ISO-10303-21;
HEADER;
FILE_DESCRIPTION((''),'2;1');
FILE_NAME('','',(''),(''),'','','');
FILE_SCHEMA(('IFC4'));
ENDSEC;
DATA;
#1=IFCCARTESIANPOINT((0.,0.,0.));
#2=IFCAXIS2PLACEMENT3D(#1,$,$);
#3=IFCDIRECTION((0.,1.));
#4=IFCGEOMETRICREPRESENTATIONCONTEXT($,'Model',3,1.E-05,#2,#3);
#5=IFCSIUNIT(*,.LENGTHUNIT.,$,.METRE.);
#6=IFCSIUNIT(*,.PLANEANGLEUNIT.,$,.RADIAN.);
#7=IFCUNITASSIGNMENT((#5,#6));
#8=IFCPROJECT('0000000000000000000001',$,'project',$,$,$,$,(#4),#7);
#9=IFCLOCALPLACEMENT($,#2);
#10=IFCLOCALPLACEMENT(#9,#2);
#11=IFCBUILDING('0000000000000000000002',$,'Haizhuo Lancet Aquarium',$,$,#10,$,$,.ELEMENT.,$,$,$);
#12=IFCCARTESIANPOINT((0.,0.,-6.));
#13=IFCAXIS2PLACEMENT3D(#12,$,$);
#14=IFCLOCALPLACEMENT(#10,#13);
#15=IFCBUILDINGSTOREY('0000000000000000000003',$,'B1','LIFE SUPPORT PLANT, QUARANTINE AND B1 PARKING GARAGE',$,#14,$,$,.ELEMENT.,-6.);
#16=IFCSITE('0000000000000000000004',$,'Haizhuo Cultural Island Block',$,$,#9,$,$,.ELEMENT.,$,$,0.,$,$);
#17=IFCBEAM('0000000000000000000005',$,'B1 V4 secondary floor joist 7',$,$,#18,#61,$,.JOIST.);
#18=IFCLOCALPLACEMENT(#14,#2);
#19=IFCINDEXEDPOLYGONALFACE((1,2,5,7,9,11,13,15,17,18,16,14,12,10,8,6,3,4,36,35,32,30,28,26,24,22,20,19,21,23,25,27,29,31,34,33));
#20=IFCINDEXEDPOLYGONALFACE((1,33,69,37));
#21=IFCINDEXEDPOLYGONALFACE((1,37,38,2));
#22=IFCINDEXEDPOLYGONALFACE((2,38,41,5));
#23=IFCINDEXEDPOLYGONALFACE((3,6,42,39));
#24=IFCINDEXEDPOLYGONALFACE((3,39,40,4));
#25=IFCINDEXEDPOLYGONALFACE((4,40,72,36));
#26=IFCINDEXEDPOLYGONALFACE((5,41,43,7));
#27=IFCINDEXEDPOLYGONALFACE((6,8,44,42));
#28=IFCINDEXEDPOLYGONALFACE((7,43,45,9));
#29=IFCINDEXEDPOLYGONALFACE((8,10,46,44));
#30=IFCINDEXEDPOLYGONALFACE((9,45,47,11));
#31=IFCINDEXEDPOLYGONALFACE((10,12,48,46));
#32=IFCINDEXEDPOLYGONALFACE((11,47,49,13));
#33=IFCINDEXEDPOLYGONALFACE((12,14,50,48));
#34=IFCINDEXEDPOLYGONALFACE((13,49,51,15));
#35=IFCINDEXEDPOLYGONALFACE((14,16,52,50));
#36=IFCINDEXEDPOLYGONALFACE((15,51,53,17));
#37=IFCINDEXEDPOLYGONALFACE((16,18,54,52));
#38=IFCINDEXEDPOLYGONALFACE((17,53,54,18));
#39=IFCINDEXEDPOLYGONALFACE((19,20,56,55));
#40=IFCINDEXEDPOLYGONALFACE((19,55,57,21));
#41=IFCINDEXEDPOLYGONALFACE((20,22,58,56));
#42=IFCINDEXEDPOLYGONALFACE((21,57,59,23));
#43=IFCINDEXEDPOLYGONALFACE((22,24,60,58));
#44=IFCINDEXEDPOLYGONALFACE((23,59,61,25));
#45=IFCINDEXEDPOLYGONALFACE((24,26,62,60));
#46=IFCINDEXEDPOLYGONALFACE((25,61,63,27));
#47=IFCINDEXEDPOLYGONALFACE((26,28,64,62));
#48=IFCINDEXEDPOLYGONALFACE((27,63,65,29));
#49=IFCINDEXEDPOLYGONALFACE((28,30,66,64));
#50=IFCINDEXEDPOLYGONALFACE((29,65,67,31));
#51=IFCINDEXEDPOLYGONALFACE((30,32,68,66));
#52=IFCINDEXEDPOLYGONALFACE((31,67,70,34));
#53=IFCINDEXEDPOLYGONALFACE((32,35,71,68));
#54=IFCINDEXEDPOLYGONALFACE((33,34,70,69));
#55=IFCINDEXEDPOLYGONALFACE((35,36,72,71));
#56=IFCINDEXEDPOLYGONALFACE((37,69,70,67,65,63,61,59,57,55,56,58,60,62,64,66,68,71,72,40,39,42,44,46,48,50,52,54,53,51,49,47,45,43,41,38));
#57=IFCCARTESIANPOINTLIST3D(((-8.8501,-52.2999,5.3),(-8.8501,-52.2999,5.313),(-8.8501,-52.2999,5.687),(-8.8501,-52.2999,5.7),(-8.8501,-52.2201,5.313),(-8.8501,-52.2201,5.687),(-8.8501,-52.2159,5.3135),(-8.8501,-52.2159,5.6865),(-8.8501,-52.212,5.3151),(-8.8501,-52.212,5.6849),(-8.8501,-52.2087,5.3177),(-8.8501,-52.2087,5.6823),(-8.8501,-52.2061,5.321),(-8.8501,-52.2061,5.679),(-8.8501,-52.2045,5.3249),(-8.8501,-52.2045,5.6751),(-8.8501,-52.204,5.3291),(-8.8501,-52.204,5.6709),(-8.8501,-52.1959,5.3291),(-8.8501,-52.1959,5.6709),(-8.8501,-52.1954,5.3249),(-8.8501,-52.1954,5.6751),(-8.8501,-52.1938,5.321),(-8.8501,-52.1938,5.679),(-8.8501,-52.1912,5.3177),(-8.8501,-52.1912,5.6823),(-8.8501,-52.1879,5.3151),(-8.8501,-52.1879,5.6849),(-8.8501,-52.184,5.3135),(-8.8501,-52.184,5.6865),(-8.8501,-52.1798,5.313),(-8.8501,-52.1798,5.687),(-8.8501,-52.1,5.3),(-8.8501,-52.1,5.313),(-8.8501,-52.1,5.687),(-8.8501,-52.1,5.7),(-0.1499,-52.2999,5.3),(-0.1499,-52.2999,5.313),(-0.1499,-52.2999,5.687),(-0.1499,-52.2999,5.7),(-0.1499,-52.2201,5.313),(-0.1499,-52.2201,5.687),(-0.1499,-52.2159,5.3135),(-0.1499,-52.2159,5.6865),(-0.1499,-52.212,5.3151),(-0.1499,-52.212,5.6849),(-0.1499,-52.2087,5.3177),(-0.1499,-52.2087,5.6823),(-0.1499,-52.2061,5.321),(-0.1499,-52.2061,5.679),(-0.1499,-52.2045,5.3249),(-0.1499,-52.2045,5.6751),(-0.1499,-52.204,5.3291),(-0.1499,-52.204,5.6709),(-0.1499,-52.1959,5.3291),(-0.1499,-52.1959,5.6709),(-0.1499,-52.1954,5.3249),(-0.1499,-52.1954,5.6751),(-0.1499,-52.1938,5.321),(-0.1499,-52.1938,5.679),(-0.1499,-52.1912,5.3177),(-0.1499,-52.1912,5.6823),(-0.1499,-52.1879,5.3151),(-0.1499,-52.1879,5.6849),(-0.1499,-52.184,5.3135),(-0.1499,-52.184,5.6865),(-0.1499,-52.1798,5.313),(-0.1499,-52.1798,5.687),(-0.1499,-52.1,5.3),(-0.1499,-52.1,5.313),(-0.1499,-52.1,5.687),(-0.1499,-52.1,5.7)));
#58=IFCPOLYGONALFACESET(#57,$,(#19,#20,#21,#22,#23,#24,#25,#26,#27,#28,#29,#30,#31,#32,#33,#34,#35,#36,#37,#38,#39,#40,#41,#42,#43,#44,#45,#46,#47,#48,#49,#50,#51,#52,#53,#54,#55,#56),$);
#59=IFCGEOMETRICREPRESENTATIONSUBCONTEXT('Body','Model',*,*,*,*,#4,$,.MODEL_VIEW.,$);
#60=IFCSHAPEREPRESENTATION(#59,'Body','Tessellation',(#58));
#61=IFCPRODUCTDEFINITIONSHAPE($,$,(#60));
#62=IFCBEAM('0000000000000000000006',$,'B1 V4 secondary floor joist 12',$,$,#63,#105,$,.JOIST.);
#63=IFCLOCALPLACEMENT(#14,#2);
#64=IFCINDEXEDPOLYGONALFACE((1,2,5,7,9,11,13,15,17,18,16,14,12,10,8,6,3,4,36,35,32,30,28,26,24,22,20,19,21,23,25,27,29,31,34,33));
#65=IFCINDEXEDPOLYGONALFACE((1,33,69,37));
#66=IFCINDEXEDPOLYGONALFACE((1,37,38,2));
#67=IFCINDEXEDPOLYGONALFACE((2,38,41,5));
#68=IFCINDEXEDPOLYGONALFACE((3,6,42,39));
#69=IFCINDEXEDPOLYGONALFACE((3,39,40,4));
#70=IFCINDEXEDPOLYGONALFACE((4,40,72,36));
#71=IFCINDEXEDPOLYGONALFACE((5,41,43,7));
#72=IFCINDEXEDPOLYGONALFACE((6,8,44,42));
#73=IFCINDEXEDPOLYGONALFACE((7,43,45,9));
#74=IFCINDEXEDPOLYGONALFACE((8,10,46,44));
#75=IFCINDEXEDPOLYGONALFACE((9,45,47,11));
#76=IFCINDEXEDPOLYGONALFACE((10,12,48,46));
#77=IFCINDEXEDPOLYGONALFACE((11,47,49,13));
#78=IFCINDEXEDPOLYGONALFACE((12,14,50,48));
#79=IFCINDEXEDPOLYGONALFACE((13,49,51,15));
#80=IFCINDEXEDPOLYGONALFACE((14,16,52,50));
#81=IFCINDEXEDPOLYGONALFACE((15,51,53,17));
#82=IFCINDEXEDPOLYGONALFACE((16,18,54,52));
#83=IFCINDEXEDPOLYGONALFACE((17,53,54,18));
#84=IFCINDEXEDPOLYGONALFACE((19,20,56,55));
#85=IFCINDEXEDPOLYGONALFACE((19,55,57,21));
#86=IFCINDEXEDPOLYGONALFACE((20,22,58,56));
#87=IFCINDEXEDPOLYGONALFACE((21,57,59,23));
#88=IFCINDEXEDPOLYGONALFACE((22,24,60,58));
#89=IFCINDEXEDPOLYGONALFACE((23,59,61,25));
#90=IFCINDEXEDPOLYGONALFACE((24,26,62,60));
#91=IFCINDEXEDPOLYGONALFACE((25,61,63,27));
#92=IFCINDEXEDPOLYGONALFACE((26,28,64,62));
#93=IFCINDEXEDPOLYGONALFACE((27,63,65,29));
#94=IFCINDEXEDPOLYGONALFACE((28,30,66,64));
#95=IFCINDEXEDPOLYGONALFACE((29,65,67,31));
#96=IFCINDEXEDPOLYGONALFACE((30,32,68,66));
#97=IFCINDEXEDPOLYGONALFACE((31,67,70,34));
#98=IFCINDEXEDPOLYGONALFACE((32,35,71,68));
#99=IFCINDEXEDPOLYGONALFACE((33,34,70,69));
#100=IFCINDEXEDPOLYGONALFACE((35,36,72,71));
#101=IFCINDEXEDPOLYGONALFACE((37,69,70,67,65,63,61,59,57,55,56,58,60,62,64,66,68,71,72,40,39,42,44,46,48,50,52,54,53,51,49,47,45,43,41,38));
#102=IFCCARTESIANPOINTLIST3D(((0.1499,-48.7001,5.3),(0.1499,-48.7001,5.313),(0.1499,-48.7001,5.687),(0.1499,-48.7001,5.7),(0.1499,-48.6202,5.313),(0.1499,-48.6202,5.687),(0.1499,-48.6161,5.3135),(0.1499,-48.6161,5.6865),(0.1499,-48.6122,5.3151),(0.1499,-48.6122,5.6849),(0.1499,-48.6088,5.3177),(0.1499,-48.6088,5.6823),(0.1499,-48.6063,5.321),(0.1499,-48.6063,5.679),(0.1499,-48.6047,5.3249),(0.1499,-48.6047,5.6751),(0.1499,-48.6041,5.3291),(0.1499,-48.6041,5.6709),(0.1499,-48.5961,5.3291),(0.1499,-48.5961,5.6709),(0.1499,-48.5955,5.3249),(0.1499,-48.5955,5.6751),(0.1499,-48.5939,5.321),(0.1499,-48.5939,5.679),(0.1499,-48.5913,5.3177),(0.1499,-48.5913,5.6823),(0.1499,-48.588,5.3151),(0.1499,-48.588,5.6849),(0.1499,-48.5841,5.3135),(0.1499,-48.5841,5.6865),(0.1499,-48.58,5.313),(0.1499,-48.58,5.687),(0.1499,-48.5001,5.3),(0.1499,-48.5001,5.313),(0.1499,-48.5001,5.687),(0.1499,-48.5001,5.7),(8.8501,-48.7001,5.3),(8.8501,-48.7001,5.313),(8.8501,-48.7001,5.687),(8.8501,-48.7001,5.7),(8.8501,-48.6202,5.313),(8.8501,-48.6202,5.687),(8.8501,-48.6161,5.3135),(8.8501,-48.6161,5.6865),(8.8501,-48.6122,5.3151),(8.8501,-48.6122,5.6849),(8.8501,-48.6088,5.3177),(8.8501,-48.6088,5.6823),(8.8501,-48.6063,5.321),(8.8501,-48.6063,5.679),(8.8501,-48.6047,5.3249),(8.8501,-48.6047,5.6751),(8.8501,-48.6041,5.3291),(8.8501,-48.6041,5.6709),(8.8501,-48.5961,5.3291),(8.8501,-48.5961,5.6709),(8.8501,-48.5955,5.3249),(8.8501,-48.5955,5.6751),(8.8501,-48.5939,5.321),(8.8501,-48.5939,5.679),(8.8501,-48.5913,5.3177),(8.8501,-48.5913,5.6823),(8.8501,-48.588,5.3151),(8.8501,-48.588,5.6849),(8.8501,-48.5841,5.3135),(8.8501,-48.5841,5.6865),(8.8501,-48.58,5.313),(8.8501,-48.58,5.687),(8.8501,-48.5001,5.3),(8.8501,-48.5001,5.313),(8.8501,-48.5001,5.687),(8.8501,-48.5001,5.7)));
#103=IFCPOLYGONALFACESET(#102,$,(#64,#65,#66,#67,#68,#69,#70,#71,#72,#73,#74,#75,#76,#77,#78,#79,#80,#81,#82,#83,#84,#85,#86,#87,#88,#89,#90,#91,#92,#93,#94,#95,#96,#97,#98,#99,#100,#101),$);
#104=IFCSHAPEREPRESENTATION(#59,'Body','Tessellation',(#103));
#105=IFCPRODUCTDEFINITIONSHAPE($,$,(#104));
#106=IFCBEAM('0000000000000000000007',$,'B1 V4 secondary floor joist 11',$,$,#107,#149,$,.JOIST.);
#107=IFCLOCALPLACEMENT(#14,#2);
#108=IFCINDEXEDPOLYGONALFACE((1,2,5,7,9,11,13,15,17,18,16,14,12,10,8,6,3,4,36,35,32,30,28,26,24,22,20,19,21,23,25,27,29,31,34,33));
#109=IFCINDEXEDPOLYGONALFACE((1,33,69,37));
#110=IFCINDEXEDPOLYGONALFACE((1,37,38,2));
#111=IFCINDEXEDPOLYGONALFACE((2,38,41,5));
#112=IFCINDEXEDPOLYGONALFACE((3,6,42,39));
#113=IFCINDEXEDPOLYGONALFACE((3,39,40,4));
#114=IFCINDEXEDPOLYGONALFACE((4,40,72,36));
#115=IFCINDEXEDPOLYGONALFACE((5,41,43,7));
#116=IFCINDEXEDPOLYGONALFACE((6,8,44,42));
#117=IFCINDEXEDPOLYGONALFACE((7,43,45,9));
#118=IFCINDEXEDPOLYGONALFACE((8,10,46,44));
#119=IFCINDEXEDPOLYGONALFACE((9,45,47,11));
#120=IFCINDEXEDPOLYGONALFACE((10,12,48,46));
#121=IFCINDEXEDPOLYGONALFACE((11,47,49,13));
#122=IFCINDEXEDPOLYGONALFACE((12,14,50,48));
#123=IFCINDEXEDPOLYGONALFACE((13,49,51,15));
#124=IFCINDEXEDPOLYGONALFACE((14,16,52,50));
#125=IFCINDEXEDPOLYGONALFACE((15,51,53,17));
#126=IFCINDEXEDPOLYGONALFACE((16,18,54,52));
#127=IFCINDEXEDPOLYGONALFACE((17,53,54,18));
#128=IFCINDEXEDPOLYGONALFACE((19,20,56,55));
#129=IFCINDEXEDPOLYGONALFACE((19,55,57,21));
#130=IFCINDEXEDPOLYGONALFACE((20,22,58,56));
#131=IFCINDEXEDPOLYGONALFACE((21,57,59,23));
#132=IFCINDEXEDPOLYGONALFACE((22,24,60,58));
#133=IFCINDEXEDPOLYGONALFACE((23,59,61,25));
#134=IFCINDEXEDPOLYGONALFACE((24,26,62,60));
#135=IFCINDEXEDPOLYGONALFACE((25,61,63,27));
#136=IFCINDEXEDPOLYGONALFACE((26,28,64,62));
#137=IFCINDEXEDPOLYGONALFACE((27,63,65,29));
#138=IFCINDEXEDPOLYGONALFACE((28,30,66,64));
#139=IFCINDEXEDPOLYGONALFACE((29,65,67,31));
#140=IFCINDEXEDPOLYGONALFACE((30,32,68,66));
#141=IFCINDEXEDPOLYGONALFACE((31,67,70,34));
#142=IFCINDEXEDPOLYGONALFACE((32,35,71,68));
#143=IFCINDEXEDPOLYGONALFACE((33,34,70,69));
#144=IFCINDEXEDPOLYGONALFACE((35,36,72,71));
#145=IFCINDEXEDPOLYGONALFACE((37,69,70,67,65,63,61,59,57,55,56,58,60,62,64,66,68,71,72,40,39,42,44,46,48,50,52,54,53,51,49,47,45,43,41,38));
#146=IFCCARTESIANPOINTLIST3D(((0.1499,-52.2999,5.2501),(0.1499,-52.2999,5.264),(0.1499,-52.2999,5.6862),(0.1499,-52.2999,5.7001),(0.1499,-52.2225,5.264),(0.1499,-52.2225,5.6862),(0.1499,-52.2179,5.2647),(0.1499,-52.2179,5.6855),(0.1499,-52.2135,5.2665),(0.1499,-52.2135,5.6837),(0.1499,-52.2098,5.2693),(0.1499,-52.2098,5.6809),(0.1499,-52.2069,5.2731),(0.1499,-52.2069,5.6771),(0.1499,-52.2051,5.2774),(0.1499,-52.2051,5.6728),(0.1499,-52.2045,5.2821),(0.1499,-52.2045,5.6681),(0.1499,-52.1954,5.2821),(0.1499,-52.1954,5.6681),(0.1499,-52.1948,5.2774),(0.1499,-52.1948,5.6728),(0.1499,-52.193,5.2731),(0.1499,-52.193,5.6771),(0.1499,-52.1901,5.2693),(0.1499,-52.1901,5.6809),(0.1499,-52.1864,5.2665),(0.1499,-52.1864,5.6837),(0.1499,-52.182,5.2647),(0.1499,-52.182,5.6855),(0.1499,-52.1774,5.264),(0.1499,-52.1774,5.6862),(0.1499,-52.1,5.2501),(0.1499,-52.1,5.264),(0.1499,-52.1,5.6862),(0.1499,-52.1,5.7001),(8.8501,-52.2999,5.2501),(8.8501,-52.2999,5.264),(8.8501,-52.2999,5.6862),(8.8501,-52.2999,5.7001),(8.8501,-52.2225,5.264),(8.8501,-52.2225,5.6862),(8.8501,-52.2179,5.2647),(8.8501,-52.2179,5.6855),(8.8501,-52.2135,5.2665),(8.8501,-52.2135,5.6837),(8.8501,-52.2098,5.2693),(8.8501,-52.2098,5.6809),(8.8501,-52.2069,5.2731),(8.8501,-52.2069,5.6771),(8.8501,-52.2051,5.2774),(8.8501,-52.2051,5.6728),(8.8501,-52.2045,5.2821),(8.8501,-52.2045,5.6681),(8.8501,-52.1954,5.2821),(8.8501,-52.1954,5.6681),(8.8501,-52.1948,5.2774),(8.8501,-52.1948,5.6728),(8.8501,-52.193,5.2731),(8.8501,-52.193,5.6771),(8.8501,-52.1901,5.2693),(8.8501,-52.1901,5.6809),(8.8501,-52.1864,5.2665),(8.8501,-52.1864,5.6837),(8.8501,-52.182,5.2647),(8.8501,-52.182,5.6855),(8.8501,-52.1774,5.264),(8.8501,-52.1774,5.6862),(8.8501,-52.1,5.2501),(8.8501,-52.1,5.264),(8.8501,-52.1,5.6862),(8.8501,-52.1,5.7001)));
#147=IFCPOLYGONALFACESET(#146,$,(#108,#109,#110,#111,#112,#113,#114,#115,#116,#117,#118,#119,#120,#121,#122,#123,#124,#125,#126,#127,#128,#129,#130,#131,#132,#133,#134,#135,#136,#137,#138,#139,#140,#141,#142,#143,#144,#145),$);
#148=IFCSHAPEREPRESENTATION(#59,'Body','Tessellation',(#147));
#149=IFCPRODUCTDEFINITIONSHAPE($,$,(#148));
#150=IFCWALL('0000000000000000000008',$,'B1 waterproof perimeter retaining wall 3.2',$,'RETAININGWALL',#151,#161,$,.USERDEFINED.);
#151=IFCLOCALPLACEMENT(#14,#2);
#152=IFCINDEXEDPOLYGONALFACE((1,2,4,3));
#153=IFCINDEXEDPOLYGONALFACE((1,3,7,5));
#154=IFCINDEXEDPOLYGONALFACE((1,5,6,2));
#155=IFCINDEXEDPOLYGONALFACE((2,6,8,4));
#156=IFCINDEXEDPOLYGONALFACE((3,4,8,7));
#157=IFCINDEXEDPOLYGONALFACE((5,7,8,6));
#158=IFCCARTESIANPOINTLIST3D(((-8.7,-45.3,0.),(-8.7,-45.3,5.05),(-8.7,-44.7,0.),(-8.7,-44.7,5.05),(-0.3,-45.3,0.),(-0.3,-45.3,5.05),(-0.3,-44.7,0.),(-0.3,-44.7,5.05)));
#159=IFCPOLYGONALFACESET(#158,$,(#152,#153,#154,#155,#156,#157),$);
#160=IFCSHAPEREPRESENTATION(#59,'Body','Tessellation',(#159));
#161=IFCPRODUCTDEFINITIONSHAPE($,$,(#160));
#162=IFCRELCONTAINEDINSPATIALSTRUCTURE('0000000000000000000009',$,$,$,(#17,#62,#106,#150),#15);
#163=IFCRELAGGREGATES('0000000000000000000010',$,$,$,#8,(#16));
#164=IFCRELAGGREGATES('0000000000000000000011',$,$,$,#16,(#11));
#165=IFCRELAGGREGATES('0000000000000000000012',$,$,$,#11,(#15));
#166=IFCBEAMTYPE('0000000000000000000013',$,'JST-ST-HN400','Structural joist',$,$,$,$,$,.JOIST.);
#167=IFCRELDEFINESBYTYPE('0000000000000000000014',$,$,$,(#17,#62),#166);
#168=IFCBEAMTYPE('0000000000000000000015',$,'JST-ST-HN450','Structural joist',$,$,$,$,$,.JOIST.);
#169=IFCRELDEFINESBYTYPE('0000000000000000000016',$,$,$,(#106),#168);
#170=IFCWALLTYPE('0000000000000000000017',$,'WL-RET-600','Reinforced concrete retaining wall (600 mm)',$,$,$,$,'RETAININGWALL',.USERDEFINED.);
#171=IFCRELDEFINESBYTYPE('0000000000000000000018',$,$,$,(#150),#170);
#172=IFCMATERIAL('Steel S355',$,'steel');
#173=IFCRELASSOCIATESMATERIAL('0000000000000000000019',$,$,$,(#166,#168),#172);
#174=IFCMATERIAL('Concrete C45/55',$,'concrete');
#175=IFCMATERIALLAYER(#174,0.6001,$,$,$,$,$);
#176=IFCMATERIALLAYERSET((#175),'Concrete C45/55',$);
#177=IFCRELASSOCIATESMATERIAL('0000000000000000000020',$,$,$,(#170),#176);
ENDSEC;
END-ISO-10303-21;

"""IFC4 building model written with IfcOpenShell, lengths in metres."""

from ifc_helpers import new_model, si_unit, direction, frame, frame_2d, origin, origin_2d, place, context, subcontext, project, spatial, rectangle, i_section, extrude, material, layer, layer_set, material_profile, profile_set, type_object, element, save


model = new_model("IFC4")

# Units and contexts
model_context = context("Model", 3, precision=1e-05, world=origin(), true_north=direction((0.0, 1.0)))
body_context = subcontext(model_context, "Body", "Model", "MODEL_VIEW")
ifc_project = project(units=[si_unit("LENGTHUNIT", "METRE"), si_unit("PLANEANGLEUNIT", "RADIAN")], contexts=[model_context])

# Site, building, storey
site_placement = place(None, origin())
site = spatial("IfcSite", under=ifc_project, at=site_placement, Name="Haizhuo Cultural Island Block", CompositionType="ELEMENT", RefElevation=0.0)
building_placement = place(site_placement, origin())
building = spatial("IfcBuilding", under=site, at=building_placement, Name="Haizhuo Lancet Aquarium", CompositionType="ELEMENT")
storey_placement = place(building_placement, frame((0.0, 0.0, -6.0)))
storey = spatial("IfcBuildingStorey", under=building, at=storey_placement, Name="B1", Description="LIFE SUPPORT PLANT, QUARANTINE AND B1 PARKING GARAGE", CompositionType="ELEMENT", Elevation=-6.0)

# Shared definitions
ifc_material_1 = material(Name="Concrete C45/55", Category="concrete")

# Beams
ifc_material_2 = material(Name="Steel S355", Category="steel")
ifc_material_profile_1 = material_profile(ifc_material_2, i_section(OverallWidth=0.2, OverallDepth=0.3999, WebThickness=0.0081, FlangeThickness=0.0129, FilletRadius=0.0161, at=origin_2d()), Name="HN 400x200x8x13")
ifc_profile_set_1 = profile_set([ifc_material_profile_1], Name="Steel S355")
beam_type_1 = type_object("IfcBeamType", Name="JST-ST-HN400", Description="Structural joist", PredefinedType="JOIST", material=ifc_profile_set_1)
for number, where, z_axis, x_axis, name in (
    (1, (-8.8501, -52.2, 5.5), (1.0, 0.0, 0.0), (0.0, 1.0, 0.0), "B1 V4 secondary floor joist 7"),
    (2, (0.1499, -48.6001, 5.5), (1.0, 0.0, 0.0), (0.0, 1.0, 0.0), "B1 V4 secondary floor joist 12"),
):
    element("IfcBeam", number, at=place(storey_placement, frame(where, z_axis=z_axis, x_axis=x_axis)), inside=storey, type_object=beam_type_1, Name=name, PredefinedType="JOIST", context=body_context, shape_type="SweptSolid", body=[
        extrude(i_section(OverallWidth=0.2, OverallDepth=0.3999, WebThickness=0.0081, FlangeThickness=0.0129, FilletRadius=0.0161, at=origin_2d()), origin(), (0.0, 0.0, 1.0), 8.7002),
    ])
ifc_material_profile_2 = material_profile(ifc_material_2, i_section(OverallWidth=0.2, OverallDepth=0.45, WebThickness=0.009, FlangeThickness=0.0139, FilletRadius=0.0181, at=origin_2d()), Name="HN 450x200x9x14")
ifc_profile_set_2 = profile_set([ifc_material_profile_2], Name="Steel S355")
beam_type_2 = type_object("IfcBeamType", Name="JST-ST-HN450", Description="Structural joist", PredefinedType="JOIST", material=ifc_profile_set_2)
beam_1_placement = place(storey_placement, frame((0.1499, -52.2, 5.4751), z_axis=(1.0, 0.0, 0.0), x_axis=(0.0, 1.0, 0.0)))
element("IfcBeam", 3, at=beam_1_placement, inside=storey, type_object=beam_type_2, Name="B1 V4 secondary floor joist 11", PredefinedType="JOIST", context=body_context, shape_type="SweptSolid", body=[
    extrude(i_section(OverallWidth=0.2, OverallDepth=0.45, WebThickness=0.009, FlangeThickness=0.0139, FilletRadius=0.0181, at=origin_2d()), origin(), (0.0, 0.0, 1.0), 8.7002),
])

# Wall
ifc_layer = layer(ifc_material_1, 0.6001)
ifc_layer_set = layer_set([ifc_layer], Name="Concrete C45/55")
wall_type = type_object("IfcWallType", Name="WL-RET-600", Description="Reinforced concrete retaining wall (600 mm)", ElementType="RETAININGWALL", PredefinedType="USERDEFINED", material=ifc_layer_set)
wall_placement = place(storey_placement, frame((-8.7, -45.0, 0.0), z_axis=(0.0, 0.0, 1.0), x_axis=(1.0, 0.0, 0.0)))
element("IfcWall", 4, at=wall_placement, inside=storey, type_object=wall_type, Name="B1 waterproof perimeter retaining wall 3.2", ObjectType="RETAININGWALL", PredefinedType="USERDEFINED", context=body_context, shape_type="SweptSolid", body=[
    extrude(rectangle(XDim=8.3999, YDim=0.6001, at=frame_2d((4.2, 0.0))), origin(), (0.0, 0.0, 1.0), 5.05),
])

save(model, "model.ifc")
